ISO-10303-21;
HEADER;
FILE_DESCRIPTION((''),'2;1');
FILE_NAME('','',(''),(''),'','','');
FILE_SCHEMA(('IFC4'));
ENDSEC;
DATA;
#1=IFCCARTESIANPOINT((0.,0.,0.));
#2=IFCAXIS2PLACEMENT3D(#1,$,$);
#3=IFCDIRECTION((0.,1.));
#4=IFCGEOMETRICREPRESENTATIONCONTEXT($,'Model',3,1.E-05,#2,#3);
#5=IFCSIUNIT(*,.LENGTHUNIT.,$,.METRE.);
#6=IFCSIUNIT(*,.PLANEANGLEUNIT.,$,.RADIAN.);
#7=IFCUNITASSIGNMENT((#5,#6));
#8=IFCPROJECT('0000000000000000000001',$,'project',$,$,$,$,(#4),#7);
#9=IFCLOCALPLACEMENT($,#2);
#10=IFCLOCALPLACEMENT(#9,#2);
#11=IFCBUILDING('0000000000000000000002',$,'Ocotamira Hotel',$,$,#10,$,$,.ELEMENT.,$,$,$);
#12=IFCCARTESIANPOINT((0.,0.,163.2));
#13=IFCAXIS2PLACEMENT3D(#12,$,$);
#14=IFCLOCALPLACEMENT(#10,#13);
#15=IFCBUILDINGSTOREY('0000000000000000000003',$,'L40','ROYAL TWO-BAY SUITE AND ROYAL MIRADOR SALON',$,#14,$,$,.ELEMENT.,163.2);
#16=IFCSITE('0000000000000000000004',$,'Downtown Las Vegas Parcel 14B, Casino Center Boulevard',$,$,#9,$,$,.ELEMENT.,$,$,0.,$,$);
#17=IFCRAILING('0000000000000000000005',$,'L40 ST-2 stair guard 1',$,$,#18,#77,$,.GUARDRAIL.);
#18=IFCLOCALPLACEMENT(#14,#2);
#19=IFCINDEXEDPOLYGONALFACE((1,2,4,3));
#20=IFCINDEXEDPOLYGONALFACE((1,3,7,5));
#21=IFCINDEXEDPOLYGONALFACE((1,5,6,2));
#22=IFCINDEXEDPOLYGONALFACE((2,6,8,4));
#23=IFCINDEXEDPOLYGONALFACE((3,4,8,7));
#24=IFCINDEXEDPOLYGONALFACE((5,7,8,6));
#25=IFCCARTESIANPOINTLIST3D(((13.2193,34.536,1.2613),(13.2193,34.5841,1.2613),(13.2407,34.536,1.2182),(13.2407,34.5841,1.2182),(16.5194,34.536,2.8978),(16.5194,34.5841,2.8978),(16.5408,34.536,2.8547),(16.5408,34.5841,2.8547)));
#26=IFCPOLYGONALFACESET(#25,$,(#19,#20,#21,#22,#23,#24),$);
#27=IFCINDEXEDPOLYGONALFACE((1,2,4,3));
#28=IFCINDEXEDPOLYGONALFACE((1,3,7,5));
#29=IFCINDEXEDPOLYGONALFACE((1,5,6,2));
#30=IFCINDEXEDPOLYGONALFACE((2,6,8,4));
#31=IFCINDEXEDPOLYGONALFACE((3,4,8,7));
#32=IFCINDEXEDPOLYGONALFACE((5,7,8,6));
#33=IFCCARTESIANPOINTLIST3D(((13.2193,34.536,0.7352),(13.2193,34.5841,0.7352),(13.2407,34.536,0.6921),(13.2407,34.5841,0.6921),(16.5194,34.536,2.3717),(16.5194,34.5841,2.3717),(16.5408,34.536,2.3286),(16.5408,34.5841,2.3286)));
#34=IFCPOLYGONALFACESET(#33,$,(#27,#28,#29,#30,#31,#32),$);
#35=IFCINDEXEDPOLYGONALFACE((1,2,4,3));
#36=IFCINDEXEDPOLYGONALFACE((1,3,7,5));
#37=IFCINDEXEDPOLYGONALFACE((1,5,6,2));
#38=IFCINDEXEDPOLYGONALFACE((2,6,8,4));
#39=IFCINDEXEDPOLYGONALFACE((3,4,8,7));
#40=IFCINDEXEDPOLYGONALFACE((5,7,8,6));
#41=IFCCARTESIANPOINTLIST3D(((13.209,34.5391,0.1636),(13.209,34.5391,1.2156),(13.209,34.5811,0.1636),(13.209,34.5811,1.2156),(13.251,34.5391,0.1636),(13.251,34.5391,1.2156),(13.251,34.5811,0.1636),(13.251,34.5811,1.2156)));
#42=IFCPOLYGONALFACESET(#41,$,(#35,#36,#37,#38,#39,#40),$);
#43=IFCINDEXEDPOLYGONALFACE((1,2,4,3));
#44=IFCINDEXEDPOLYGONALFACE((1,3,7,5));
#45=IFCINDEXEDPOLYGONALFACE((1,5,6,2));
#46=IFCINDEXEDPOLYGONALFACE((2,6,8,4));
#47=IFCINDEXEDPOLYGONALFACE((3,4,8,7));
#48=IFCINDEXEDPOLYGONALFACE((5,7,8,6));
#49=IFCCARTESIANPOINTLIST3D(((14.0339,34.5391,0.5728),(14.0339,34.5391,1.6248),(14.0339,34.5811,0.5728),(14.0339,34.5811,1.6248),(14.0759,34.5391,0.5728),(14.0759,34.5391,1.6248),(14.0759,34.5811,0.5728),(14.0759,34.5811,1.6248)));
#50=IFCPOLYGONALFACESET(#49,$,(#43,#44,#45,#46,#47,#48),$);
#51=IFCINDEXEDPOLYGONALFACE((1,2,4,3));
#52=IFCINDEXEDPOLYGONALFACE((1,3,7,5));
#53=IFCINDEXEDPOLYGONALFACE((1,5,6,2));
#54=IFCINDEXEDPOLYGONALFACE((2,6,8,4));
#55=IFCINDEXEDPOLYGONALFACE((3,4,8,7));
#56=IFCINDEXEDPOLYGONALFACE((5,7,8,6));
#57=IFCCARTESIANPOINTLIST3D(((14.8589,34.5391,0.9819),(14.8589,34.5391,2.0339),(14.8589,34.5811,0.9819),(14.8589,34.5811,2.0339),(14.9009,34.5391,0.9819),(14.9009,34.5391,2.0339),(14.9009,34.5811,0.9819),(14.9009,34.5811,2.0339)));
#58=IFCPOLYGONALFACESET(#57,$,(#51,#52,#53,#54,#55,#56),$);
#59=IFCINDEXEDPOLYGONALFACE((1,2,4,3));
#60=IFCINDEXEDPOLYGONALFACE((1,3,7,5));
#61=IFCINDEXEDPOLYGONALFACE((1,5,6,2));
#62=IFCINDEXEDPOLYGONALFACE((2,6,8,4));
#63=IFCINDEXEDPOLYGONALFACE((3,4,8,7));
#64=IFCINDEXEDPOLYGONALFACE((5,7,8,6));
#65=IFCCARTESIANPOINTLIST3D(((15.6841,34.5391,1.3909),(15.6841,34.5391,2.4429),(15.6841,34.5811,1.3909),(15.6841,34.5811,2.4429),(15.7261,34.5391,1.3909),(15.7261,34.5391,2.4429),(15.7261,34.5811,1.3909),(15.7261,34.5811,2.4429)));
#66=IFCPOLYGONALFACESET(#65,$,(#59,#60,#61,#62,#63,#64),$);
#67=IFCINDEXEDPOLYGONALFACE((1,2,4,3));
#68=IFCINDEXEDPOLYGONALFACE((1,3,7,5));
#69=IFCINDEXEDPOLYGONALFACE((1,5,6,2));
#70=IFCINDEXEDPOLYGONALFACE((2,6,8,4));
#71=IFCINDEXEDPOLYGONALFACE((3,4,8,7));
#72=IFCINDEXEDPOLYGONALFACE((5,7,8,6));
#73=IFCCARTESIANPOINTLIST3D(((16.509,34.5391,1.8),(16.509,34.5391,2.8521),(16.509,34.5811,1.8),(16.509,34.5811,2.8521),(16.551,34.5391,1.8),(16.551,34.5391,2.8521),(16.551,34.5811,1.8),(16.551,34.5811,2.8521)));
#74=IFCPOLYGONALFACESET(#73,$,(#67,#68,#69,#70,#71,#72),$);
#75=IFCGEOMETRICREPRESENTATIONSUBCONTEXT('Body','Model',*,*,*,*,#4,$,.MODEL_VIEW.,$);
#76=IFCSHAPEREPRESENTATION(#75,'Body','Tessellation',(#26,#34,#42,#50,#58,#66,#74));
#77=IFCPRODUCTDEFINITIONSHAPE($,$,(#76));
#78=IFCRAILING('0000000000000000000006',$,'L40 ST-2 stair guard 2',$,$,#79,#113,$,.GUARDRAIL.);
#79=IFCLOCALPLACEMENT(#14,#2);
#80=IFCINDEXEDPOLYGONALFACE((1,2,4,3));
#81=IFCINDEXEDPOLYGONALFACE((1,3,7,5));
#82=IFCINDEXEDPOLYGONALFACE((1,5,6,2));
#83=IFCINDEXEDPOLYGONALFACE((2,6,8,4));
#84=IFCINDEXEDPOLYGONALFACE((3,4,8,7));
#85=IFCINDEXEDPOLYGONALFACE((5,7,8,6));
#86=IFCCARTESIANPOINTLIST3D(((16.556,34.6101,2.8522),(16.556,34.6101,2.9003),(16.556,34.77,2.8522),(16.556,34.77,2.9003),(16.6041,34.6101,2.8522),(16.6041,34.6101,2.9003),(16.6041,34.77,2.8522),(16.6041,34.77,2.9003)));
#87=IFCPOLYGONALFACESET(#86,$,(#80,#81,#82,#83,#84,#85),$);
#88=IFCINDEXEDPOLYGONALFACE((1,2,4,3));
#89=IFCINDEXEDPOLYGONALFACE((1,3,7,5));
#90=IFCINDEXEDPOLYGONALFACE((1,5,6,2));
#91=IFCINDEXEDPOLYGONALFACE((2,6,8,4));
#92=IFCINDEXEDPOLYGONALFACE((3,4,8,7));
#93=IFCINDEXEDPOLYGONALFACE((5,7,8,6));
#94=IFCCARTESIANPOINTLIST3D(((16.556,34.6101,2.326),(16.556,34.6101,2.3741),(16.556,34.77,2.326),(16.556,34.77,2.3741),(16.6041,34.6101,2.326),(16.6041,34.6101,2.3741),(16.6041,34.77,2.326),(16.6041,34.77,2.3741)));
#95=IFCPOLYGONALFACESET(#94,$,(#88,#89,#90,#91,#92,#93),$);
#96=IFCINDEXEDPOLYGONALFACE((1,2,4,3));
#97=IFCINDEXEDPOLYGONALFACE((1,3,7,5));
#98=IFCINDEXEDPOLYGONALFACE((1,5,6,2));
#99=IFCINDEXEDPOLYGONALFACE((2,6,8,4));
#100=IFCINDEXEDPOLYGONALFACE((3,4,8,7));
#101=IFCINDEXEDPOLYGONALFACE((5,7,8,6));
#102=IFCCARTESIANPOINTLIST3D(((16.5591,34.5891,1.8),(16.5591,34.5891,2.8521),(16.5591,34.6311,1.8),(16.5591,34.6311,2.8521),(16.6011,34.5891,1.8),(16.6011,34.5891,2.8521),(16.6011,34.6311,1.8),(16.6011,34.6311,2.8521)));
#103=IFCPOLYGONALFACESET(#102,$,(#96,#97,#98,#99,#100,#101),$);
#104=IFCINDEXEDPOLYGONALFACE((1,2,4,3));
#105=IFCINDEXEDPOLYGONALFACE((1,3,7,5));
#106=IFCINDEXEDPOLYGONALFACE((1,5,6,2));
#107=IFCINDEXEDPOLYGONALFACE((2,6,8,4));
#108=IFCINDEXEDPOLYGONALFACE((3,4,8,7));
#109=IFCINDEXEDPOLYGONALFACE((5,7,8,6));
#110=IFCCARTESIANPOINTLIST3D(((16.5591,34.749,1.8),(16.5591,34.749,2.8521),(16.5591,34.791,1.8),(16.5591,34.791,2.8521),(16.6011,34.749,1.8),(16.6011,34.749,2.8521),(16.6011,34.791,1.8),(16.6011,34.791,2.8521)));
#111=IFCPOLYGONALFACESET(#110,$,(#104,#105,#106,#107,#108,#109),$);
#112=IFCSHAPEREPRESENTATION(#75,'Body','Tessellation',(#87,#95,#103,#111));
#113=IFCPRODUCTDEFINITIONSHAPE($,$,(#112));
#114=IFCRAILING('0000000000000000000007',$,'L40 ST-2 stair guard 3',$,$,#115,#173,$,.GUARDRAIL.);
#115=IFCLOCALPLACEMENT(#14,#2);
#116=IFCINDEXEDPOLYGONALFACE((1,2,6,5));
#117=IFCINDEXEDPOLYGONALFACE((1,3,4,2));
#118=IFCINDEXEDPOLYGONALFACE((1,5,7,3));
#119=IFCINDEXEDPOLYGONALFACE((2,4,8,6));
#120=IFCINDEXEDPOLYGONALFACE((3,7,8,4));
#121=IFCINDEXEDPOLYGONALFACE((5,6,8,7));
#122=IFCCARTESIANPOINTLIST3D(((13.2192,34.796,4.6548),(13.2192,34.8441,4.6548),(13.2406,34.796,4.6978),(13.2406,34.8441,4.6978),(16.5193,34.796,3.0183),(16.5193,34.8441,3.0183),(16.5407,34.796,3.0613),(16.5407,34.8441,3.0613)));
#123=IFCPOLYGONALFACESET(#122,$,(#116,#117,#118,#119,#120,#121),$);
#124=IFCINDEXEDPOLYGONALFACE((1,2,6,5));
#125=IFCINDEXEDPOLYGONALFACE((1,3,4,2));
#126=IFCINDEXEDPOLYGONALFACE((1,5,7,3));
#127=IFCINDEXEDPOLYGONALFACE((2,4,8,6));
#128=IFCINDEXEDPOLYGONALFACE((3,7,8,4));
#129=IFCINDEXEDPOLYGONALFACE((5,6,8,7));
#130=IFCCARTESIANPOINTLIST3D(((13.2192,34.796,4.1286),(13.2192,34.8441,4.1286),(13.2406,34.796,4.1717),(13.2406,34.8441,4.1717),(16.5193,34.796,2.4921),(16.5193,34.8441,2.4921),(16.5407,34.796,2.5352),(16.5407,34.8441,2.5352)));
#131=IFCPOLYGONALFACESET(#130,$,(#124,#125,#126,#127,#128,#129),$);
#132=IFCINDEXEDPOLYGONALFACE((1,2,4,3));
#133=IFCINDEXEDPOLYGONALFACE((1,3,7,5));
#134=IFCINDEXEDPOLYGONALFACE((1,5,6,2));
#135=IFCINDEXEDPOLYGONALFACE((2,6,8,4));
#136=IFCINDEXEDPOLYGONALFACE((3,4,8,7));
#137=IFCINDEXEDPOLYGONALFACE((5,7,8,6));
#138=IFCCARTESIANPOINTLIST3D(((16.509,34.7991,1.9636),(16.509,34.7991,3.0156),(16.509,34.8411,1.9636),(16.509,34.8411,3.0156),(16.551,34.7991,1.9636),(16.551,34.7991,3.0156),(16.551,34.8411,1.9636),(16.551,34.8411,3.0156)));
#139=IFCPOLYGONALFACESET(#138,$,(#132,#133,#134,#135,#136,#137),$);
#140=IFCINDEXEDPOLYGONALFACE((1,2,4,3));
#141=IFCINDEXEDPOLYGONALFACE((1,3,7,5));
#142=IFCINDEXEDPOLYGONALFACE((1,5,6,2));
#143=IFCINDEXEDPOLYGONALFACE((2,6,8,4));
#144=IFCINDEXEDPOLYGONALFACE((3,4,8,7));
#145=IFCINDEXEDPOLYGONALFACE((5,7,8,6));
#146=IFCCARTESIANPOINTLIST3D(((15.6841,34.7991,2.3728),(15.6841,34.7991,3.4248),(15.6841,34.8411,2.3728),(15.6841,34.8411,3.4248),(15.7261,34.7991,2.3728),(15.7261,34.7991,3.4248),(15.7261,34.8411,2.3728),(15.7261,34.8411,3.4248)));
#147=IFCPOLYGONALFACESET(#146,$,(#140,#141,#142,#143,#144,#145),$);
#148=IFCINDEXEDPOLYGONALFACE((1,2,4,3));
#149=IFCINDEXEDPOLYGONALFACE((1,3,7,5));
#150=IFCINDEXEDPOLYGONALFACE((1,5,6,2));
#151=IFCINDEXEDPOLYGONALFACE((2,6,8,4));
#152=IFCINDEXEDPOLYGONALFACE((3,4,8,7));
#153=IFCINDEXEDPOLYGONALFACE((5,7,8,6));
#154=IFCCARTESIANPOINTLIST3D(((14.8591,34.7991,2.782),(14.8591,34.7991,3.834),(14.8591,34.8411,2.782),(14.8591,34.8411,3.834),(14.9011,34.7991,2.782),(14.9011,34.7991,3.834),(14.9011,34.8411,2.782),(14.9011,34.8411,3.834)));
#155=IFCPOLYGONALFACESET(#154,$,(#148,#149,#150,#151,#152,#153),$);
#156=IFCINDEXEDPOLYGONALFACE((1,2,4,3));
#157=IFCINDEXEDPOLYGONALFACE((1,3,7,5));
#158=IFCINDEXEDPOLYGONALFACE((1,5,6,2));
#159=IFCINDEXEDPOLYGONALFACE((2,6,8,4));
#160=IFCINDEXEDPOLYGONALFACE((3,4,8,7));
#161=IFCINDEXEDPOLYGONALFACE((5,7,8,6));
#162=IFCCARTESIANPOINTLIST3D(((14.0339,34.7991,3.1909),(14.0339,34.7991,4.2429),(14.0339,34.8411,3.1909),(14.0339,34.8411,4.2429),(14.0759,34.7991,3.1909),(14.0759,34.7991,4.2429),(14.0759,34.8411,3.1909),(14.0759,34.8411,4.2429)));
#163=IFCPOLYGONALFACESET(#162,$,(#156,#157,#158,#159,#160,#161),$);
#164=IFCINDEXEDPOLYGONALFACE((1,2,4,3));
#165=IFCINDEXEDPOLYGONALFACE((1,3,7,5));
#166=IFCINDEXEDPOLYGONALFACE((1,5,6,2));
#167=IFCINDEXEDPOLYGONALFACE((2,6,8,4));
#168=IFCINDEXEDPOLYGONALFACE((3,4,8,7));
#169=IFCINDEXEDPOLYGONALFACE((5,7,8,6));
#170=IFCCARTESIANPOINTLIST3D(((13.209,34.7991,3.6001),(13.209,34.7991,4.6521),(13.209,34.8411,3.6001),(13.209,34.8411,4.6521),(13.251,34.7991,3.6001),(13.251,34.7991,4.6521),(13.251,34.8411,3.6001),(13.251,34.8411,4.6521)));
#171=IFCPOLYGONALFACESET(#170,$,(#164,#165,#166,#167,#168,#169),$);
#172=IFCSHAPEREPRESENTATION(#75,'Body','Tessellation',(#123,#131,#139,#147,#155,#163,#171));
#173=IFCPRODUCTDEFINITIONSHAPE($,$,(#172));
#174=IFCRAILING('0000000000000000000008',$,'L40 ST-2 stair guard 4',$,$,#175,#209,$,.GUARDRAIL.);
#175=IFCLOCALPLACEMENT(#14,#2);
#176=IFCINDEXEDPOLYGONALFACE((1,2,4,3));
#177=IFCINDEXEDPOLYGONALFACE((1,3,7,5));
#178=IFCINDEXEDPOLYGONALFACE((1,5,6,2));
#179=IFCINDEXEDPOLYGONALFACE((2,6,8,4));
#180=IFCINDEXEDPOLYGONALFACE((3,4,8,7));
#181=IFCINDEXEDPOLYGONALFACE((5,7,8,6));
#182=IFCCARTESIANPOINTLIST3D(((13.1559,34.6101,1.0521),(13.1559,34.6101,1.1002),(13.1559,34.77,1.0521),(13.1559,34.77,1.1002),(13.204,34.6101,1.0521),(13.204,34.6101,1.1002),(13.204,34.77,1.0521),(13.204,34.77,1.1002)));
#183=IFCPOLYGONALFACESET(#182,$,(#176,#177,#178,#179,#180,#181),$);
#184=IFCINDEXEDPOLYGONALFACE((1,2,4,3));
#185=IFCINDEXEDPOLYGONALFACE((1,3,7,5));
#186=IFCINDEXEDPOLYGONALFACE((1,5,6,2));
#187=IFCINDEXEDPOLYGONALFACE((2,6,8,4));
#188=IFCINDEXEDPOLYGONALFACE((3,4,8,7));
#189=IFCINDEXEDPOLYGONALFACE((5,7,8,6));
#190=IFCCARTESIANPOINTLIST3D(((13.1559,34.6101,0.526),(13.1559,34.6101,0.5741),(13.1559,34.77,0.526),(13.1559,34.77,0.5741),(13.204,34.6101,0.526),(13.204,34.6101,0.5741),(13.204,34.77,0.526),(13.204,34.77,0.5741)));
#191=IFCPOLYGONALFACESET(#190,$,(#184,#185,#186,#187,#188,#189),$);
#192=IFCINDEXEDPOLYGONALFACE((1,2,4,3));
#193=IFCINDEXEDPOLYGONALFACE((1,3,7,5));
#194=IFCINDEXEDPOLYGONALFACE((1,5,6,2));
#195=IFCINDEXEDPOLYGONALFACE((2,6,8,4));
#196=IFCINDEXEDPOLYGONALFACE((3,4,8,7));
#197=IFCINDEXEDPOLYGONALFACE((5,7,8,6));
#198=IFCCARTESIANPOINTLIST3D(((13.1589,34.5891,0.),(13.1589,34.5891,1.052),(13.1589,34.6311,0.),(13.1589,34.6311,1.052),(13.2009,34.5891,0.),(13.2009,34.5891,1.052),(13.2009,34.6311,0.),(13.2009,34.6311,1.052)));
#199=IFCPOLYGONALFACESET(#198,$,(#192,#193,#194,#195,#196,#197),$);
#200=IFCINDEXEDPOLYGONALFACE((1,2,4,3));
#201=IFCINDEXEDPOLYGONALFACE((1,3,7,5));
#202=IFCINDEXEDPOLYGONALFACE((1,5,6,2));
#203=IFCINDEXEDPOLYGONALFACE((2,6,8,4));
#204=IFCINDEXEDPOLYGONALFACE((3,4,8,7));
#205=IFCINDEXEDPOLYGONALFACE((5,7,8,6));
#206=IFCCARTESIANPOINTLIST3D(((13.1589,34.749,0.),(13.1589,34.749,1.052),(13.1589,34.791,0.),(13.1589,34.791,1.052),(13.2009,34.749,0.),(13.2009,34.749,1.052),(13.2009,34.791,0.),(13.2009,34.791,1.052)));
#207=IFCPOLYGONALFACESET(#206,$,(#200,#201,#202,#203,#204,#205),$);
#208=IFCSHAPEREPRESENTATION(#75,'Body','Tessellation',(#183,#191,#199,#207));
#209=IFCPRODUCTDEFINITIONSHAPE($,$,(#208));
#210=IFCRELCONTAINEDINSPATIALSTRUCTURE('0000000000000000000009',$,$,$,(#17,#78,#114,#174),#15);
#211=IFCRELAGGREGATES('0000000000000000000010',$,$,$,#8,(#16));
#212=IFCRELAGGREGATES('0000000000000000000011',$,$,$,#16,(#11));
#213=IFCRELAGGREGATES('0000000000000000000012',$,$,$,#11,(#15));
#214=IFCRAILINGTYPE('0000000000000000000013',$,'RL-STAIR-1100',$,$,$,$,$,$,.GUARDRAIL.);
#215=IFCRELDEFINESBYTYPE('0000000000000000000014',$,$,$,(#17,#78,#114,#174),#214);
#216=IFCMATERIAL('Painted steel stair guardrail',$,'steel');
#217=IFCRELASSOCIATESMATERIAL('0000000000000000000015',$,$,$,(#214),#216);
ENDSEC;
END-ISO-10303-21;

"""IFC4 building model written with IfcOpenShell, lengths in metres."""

from ifc_helpers import new_model, si_unit, direction, frame, origin, origin_2d, place, context, subcontext, project, spatial, rectangle, extrude, material, type_object, element, save


model = new_model("IFC4")

# Units and contexts
model_context = context("Model", 3, precision=1e-05, world=origin(), true_north=direction((0.0, 1.0)))
body_context = subcontext(model_context, "Body", "Model", "MODEL_VIEW")
ifc_project = project(units=[si_unit("LENGTHUNIT", "METRE"), si_unit("PLANEANGLEUNIT", "RADIAN")], contexts=[model_context])

# Site, building, storey
site_placement = place(None, origin())
site = spatial("IfcSite", under=ifc_project, at=site_placement, Name="Downtown Las Vegas Parcel 14B, Casino Center Boulevard", CompositionType="ELEMENT", RefElevation=0.0)
building_placement = place(site_placement, origin())
building = spatial("IfcBuilding", under=site, at=building_placement, Name="Ocotamira Hotel", CompositionType="ELEMENT")
storey_placement = place(building_placement, frame((0.0, 0.0, 163.2)))
storey = spatial("IfcBuildingStorey", under=building, at=storey_placement, Name="L40", Description="ROYAL TWO-BAY SUITE AND ROYAL MIRADOR SALON", CompositionType="ELEMENT", Elevation=163.2)

# Railings
ifc_material_1 = material(Name="Painted steel stair guardrail", Category="steel")
railing_type_1 = type_object("IfcRailingType", Name="RL-STAIR-1100", PredefinedType="GUARDRAIL", material=ifc_material_1)
railing_1_placement = place(storey_placement, frame((13.23, 34.5601, 0.1636)))
element("IfcRailing", 1, at=railing_1_placement, inside=storey, type_object=railing_type_1, Name="L40 ST-2 stair guard 1", PredefinedType="GUARDRAIL", context=body_context, shape_type="SweptSolid", body=[
    extrude(rectangle(XDim=0.0481, YDim=0.0481, at=origin_2d()), frame((0.0, 0.0, 1.0762), z_axis=(0.895894, 0.0, 0.444268), x_axis=(0.0, 1.0, 0.0)), (0.0, 0.0, 1.0), 3.6836),
    extrude(rectangle(XDim=0.0481, YDim=0.0481, at=origin_2d()), frame((0.0, 0.0, 0.55), z_axis=(0.895894, 0.0, 0.444268), x_axis=(0.0, 1.0, 0.0)), (0.0, 0.0, 1.0), 3.6836),
    extrude(rectangle(XDim=0.042, YDim=0.042, at=origin_2d()), origin(), (0.0, 0.0, 1.0), 1.052),
    extrude(rectangle(XDim=0.042, YDim=0.042, at=origin_2d()), frame((0.825, 0.0, 0.4092)), (0.0, 0.0, 1.0), 1.052),
    extrude(rectangle(XDim=0.042, YDim=0.042, at=origin_2d()), frame((1.6499, 0.0, 0.8184)), (0.0, 0.0, 1.0), 1.052),
    extrude(rectangle(XDim=0.042, YDim=0.042, at=origin_2d()), frame((2.4751, 0.0, 1.2273)), (0.0, 0.0, 1.0), 1.052),
    extrude(rectangle(XDim=0.042, YDim=0.042, at=origin_2d()), frame((3.3, 0.0, 1.6365)), (0.0, 0.0, 1.0), 1.052),
])
railing_2_placement = place(storey_placement, frame((16.5801, 34.6101, 1.8)))
element("IfcRailing", 2, at=railing_2_placement, inside=storey, type_object=railing_type_1, Name="L40 ST-2 stair guard 2", PredefinedType="GUARDRAIL", context=body_context, shape_type="SweptSolid", body=[
    extrude(rectangle(XDim=0.0481, YDim=0.0481, at=origin_2d()), frame((0.0, 0.0, 1.0762), z_axis=(0.0, 1.0, 0.0), x_axis=(-1.0, 0.0, 0.0)), (0.0, 0.0, 1.0), 0.1599),
    extrude(rectangle(XDim=0.0481, YDim=0.0481, at=origin_2d()), frame((0.0, 0.0, 0.55), z_axis=(0.0, 1.0, 0.0), x_axis=(-1.0, 0.0, 0.0)), (0.0, 0.0, 1.0), 0.1599),
    extrude(rectangle(XDim=0.042, YDim=0.042, at=origin_2d()), origin(), (0.0, 0.0, 1.0), 1.052),
    extrude(rectangle(XDim=0.042, YDim=0.042, at=origin_2d()), frame((0.0, 0.1599, 0.0)), (0.0, 0.0, 1.0), 1.052),
])
railing_3_placement = place(storey_placement, frame((16.53, 34.8201, 1.9636)))
element("IfcRailing", 3, at=railing_3_placement, inside=storey, type_object=railing_type_1, Name="L40 ST-2 stair guard 3", PredefinedType="GUARDRAIL", context=body_context, shape_type="SweptSolid", body=[
    extrude(rectangle(XDim=0.0481, YDim=0.0481, at=origin_2d()), frame((0.0, 0.0, 1.0762), z_axis=(-0.895894, 0.0, 0.444268), x_axis=(0.0, -1.0, 0.0)), (0.0, 0.0, 1.0), 3.6836),
    extrude(rectangle(XDim=0.0481, YDim=0.0481, at=origin_2d()), frame((0.0, 0.0, 0.55), z_axis=(-0.895894, 0.0, 0.444268), x_axis=(0.0, -1.0, 0.0)), (0.0, 0.0, 1.0), 3.6836),
    extrude(rectangle(XDim=0.042, YDim=0.042, at=origin_2d()), origin(), (0.0, 0.0, 1.0), 1.052),
    extrude(rectangle(XDim=0.042, YDim=0.042, at=origin_2d()), frame((-0.825, 0.0, 0.4092)), (0.0, 0.0, 1.0), 1.052),
    extrude(rectangle(XDim=0.042, YDim=0.042, at=origin_2d()), frame((-1.6499, 0.0, 0.8184)), (0.0, 0.0, 1.0), 1.052),
    extrude(rectangle(XDim=0.042, YDim=0.042, at=origin_2d()), frame((-2.4751, 0.0, 1.2273)), (0.0, 0.0, 1.0), 1.052),
    extrude(rectangle(XDim=0.042, YDim=0.042, at=origin_2d()), frame((-3.3, 0.0, 1.6365)), (0.0, 0.0, 1.0), 1.052),
])
railing_4_placement = place(storey_placement, frame((13.1799, 34.6101, 0.0)))
element("IfcRailing", 4, at=railing_4_placement, inside=storey, type_object=railing_type_1, Name="L40 ST-2 stair guard 4", PredefinedType="GUARDRAIL", context=body_context, shape_type="SweptSolid", body=[
    extrude(rectangle(XDim=0.0481, YDim=0.0481, at=origin_2d()), frame((0.0, 0.0, 1.0762), z_axis=(0.0, 1.0, 0.0), x_axis=(-1.0, 0.0, 0.0)), (0.0, 0.0, 1.0), 0.1599),
    extrude(rectangle(XDim=0.0481, YDim=0.0481, at=origin_2d()), frame((0.0, 0.0, 0.55), z_axis=(0.0, 1.0, 0.0), x_axis=(-1.0, 0.0, 0.0)), (0.0, 0.0, 1.0), 0.1599),
    extrude(rectangle(XDim=0.042, YDim=0.042, at=origin_2d()), origin(), (0.0, 0.0, 1.0), 1.052),
    extrude(rectangle(XDim=0.042, YDim=0.042, at=origin_2d()), frame((0.0, 0.1599, 0.0)), (0.0, 0.0, 1.0), 1.052),
])

save(model, "model.ifc")
